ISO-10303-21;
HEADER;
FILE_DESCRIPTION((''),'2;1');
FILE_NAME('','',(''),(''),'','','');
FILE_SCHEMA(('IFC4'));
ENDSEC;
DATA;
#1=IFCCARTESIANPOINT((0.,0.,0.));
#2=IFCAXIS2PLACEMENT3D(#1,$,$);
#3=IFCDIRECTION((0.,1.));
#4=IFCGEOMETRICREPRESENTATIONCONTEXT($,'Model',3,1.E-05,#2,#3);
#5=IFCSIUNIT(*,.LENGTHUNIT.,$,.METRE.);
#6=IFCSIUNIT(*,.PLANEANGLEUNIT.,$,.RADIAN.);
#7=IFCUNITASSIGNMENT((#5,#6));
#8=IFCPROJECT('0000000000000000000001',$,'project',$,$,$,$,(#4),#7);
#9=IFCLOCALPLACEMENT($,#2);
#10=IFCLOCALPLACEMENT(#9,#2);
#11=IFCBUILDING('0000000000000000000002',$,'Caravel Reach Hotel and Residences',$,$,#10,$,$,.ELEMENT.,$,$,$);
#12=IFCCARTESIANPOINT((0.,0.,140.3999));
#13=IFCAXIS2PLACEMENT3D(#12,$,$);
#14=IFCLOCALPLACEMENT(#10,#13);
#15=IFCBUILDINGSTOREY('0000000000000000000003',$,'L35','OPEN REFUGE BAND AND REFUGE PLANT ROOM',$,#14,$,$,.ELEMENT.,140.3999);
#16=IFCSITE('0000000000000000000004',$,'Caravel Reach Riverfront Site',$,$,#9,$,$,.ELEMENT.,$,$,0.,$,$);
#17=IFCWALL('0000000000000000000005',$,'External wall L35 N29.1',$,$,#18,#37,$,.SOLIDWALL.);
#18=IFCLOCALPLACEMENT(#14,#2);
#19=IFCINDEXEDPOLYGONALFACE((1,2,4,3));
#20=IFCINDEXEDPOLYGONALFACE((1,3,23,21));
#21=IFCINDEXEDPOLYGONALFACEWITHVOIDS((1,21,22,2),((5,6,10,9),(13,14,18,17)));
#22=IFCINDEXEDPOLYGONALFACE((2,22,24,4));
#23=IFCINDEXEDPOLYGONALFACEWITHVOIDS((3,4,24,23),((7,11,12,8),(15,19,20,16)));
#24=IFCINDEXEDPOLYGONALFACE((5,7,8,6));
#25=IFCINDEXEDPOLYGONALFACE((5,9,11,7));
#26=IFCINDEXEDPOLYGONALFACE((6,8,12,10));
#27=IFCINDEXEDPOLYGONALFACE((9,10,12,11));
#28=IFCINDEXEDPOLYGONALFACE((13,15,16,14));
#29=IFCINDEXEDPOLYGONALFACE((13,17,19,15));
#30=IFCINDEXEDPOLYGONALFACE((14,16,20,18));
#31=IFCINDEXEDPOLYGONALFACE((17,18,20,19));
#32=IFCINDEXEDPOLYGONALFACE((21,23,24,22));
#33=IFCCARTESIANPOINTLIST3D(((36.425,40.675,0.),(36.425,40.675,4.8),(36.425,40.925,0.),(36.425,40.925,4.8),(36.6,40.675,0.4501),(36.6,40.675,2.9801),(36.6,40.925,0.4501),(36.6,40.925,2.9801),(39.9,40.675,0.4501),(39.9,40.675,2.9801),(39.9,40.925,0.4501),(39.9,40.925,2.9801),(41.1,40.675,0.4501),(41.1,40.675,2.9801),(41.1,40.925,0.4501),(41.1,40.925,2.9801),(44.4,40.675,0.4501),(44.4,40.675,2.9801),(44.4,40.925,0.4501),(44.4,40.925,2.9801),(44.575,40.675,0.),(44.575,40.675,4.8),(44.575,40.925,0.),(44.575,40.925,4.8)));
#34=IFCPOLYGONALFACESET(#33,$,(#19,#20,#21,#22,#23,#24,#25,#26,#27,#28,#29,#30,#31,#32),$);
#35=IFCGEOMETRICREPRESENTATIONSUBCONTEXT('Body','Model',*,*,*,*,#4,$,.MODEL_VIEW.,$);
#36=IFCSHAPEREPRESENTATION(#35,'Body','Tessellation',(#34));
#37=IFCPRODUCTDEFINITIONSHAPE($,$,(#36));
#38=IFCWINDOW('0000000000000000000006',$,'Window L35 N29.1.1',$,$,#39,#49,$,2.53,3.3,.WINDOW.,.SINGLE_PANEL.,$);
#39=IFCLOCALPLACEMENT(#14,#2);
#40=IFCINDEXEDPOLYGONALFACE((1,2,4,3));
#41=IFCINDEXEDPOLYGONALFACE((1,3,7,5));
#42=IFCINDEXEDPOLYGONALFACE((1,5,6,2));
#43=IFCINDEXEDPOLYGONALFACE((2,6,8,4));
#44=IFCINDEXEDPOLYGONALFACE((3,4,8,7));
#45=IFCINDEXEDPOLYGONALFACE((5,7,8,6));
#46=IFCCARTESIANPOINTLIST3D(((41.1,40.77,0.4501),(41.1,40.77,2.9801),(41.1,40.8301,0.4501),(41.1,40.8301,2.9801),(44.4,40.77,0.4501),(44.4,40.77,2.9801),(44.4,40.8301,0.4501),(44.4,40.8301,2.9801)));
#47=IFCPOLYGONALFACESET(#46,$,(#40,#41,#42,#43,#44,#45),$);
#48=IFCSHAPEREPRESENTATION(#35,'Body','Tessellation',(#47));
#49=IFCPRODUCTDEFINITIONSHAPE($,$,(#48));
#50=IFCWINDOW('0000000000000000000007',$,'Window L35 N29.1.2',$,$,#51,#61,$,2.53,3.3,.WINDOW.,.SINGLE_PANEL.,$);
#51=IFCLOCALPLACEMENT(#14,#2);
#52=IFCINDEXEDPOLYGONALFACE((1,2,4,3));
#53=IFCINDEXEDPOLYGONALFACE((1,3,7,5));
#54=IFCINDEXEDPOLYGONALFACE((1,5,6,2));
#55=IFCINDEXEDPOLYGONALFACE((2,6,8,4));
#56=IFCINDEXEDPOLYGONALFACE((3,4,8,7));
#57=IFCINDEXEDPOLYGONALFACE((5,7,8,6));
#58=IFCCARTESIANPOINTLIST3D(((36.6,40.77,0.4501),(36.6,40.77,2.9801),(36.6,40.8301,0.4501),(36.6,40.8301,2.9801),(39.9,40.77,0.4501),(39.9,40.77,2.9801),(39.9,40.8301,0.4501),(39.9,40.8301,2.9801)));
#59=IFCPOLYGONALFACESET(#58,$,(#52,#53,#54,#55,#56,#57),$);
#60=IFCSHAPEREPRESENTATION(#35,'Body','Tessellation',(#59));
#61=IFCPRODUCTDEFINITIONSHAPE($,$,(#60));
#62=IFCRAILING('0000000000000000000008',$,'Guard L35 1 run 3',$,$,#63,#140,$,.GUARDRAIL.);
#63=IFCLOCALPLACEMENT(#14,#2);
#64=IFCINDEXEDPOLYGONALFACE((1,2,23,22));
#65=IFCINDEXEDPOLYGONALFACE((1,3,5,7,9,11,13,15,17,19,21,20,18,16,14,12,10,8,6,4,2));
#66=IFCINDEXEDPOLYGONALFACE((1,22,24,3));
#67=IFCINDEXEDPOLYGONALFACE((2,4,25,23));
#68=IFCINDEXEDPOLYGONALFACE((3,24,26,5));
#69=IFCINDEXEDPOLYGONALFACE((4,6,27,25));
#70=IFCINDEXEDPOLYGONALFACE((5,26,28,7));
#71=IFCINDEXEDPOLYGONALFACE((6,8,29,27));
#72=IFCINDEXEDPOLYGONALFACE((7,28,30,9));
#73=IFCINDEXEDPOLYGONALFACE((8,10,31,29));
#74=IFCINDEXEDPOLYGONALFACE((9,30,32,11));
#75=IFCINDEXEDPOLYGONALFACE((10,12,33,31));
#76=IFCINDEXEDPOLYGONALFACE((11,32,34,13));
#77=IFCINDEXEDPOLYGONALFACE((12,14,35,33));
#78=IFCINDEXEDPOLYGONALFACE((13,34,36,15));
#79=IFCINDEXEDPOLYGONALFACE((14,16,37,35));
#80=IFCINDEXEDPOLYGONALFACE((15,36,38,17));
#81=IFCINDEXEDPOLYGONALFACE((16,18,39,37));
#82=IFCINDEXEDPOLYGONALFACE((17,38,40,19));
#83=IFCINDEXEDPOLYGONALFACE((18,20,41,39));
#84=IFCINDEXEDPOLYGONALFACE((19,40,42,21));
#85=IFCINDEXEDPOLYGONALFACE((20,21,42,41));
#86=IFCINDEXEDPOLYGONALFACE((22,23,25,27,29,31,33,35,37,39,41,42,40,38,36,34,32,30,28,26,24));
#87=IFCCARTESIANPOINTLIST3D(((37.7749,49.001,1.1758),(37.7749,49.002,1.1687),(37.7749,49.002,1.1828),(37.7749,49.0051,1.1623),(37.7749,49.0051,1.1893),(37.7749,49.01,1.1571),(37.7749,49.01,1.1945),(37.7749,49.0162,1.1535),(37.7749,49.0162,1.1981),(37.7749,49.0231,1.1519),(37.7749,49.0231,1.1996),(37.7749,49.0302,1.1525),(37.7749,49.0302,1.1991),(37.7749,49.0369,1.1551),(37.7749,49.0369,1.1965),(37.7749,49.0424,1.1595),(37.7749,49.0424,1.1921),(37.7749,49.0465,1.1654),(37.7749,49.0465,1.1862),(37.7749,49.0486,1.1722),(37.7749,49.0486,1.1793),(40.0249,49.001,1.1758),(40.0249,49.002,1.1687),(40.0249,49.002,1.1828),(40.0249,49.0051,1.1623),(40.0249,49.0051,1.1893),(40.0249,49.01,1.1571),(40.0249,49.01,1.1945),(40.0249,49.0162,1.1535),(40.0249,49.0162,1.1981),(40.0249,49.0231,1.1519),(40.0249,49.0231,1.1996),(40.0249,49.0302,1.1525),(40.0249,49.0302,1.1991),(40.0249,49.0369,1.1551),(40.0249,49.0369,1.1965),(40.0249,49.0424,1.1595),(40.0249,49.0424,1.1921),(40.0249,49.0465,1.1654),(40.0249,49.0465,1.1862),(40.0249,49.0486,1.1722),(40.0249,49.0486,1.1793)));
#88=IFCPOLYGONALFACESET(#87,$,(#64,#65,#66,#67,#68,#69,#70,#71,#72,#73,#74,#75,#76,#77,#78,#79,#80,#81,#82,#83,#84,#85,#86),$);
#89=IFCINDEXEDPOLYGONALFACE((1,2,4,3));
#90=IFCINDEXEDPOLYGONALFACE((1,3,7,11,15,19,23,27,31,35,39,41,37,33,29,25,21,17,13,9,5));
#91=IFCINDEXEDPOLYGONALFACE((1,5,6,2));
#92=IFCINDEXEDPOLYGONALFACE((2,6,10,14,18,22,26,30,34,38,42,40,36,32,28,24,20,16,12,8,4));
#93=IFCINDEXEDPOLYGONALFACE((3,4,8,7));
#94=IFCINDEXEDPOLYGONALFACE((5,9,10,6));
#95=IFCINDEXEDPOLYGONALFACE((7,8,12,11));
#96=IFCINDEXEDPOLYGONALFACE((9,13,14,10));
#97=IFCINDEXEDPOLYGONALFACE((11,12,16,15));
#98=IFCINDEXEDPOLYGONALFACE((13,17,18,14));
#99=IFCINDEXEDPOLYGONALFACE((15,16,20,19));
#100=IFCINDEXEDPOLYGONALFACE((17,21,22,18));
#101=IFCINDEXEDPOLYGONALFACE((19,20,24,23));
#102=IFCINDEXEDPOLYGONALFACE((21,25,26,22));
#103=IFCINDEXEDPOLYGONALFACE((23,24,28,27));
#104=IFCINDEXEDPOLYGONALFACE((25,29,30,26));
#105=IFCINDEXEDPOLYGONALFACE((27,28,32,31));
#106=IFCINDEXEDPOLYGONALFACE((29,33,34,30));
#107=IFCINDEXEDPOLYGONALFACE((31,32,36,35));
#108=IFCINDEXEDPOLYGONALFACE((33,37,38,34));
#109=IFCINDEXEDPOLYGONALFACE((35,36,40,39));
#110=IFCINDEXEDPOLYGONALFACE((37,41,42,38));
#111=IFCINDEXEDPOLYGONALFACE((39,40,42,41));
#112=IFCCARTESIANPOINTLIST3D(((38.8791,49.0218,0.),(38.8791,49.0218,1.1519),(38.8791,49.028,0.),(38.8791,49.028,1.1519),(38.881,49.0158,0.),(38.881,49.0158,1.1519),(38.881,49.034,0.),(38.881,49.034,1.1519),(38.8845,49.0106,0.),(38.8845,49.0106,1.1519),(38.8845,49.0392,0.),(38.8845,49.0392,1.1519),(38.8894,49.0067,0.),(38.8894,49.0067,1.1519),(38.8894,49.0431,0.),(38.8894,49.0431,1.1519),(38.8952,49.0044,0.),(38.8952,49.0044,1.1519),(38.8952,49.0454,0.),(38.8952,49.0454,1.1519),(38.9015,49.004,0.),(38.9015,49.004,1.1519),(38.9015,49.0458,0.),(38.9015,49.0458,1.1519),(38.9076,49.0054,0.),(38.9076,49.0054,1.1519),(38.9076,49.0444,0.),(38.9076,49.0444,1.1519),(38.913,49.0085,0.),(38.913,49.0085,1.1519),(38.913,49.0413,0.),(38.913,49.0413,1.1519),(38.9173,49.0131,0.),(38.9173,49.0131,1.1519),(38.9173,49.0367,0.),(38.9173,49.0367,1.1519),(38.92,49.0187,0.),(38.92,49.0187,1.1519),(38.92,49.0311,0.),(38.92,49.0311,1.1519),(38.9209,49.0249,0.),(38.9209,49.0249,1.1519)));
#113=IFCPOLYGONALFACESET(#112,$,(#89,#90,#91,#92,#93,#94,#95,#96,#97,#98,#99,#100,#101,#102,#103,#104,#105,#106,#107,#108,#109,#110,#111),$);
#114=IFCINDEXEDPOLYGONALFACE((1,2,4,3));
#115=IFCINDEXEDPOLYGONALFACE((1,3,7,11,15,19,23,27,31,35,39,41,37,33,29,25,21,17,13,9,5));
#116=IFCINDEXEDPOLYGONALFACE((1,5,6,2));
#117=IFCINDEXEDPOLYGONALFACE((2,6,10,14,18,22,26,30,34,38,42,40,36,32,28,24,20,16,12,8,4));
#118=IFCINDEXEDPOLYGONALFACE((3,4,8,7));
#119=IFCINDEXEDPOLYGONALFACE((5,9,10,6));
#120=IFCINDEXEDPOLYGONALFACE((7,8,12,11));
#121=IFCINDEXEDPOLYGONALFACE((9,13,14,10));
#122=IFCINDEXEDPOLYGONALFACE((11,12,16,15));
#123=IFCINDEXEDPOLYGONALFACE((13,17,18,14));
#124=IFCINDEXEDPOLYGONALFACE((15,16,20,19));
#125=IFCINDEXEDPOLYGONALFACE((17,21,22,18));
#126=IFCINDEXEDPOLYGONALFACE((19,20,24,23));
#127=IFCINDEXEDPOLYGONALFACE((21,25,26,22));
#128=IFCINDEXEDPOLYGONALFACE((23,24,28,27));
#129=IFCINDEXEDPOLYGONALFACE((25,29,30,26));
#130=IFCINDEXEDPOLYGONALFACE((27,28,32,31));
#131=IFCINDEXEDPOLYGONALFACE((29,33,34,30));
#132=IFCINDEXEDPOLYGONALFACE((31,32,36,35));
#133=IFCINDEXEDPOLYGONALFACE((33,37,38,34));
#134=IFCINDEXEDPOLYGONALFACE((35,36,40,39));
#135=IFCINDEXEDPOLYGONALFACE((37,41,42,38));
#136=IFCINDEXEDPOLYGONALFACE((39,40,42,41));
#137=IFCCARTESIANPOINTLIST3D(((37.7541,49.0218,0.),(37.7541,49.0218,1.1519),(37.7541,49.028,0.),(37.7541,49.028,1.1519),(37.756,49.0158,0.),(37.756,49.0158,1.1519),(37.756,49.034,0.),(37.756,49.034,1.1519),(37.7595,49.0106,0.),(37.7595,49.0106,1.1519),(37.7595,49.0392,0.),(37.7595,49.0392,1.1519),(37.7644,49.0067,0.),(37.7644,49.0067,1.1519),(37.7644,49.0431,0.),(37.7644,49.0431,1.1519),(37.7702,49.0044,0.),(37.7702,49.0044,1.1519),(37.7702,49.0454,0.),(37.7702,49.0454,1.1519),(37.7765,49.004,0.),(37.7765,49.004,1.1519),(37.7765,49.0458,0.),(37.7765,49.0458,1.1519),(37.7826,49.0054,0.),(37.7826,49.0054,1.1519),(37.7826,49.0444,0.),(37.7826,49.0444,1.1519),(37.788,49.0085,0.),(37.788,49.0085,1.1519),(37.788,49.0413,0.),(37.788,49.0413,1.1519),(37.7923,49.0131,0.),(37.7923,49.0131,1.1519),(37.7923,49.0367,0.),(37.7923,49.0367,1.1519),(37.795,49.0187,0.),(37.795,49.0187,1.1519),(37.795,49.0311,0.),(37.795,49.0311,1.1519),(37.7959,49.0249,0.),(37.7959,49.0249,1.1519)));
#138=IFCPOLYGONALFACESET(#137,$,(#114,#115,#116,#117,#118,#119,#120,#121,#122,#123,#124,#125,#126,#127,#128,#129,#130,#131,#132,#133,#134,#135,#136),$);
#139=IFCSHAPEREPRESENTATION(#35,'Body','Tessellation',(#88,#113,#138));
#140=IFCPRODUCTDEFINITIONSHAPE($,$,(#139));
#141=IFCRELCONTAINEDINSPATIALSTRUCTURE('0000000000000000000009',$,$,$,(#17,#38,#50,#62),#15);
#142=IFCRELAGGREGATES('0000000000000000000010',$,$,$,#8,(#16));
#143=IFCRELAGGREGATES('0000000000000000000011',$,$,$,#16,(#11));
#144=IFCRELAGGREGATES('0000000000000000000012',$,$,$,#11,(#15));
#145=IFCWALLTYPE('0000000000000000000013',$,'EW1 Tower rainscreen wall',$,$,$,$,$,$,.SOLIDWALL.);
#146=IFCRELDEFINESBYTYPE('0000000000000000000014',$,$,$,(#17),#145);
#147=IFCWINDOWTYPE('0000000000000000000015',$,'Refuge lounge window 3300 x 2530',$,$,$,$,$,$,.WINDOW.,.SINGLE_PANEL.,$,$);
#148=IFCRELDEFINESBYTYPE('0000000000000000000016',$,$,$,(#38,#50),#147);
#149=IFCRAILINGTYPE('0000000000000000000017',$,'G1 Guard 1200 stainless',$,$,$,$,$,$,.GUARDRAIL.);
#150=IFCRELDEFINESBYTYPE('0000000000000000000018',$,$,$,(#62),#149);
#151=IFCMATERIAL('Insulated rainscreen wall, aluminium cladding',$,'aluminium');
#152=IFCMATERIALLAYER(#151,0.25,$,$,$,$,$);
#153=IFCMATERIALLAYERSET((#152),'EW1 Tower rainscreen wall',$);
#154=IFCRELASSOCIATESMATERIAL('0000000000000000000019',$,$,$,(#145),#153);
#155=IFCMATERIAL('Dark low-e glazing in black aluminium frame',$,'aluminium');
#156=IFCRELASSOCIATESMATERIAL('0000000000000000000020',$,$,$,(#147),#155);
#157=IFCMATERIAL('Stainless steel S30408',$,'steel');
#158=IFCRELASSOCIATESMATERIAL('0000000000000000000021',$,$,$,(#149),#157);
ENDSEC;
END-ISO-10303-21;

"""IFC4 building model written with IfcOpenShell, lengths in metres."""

from ifc_helpers import new_model, si_unit, direction, frame, frame_2d, origin, origin_2d, place, context, subcontext, project, spatial, rectangle, circle, extrude, material, layer, layer_set, type_object, element, fill, save


model = new_model("IFC4")

# Units and contexts
model_context = context("Model", 3, precision=1e-05, world=origin(), true_north=direction((0.0, 1.0)))
body_context = subcontext(model_context, "Body", "Model", "MODEL_VIEW")
ifc_project = project(units=[si_unit("LENGTHUNIT", "METRE"), si_unit("PLANEANGLEUNIT", "RADIAN")], contexts=[model_context])

# Site, building, storey
site_placement = place(None, origin())
site = spatial("IfcSite", under=ifc_project, at=site_placement, Name="Caravel Reach Riverfront Site", CompositionType="ELEMENT", RefElevation=0.0)
building_placement = place(site_placement, origin())
building = spatial("IfcBuilding", under=site, at=building_placement, Name="Caravel Reach Hotel and Residences", CompositionType="ELEMENT")
storey_placement = place(building_placement, frame((0.0, 0.0, 140.3999)))
storey = spatial("IfcBuildingStorey", under=building, at=storey_placement, Name="L35", Description="OPEN REFUGE BAND AND REFUGE PLANT ROOM", CompositionType="ELEMENT", Elevation=140.3999)

# Wall, openings, windows
ifc_material_1 = material(Name="Insulated rainscreen wall, aluminium cladding", Category="aluminium")
ifc_layer = layer(ifc_material_1, 0.25)
ifc_layer_set = layer_set([ifc_layer], Name="EW1 Tower rainscreen wall")
wall_type = type_object("IfcWallType", Name="EW1 Tower rainscreen wall", PredefinedType="SOLIDWALL", material=ifc_layer_set)
wall_1_placement = place(storey_placement, frame((44.575, 40.8, 0.0), z_axis=(0.0, 0.0, 1.0), x_axis=(-1.0, 0.0, 0.0)))
wall_1 = element("IfcWall", 1, at=wall_1_placement, inside=storey, type_object=wall_type, Name="External wall L35 N29.1", PredefinedType="SOLIDWALL", context=body_context, shape_type="SweptSolid", body=[
    extrude(rectangle(XDim=8.1499, YDim=0.25, at=frame_2d((4.075, 0.0))), origin(), (0.0, 0.0, 1.0), 4.8),
])
opening_1_placement = place(wall_1_placement, frame((0.175, 0.0, 0.45)))
opening_1 = element("IfcOpeningElement", 2, at=opening_1_placement, cuts=wall_1, PredefinedType="OPENING", context=body_context, shape_type="SweptSolid", body=[
    extrude(rectangle(XDim=3.3, YDim=2.53, at=frame_2d((1.6499, 1.2651))), frame((0.0, 0.135, 0.0), z_axis=(0.0, -1.0, 0.0), x_axis=(1.0, 0.0, 0.0)), (0.0, 0.0, 1.0), 0.27),
])
opening_2_placement = place(wall_1_placement, frame((4.675, 0.0, 0.45)))
opening_2 = element("IfcOpeningElement", 3, at=opening_2_placement, cuts=wall_1, PredefinedType="OPENING", context=body_context, shape_type="SweptSolid", body=[
    extrude(rectangle(XDim=3.3, YDim=2.53, at=frame_2d((1.6499, 1.2651))), frame((0.0, 0.135, 0.0), z_axis=(0.0, -1.0, 0.0), x_axis=(1.0, 0.0, 0.0)), (0.0, 0.0, 1.0), 0.27),
])
ifc_material_2 = material(Name="Dark low-e glazing in black aluminium frame", Category="aluminium")
window_type = type_object("IfcWindowType", Name="Refuge lounge window 3300 x 2530", PartitioningType="SINGLE_PANEL", PredefinedType="WINDOW", material=ifc_material_2)
window_1_placement = place(opening_1_placement, origin())
window_1 = element("IfcWindow", 4, at=window_1_placement, inside=storey, type_object=window_type, Name="Window L35 N29.1.1", OverallHeight=2.53, OverallWidth=3.3, PartitioningType="SINGLE_PANEL", PredefinedType="WINDOW", context=body_context, shape_type="SweptSolid", body=[
    extrude(rectangle(XDim=3.3, YDim=2.53, at=frame_2d((1.6499, 1.2651))), frame((0.0, 0.03, 0.0), z_axis=(0.0, -1.0, 0.0), x_axis=(1.0, 0.0, 0.0)), (0.0, 0.0, 1.0), 0.0601),
])
fill(opening_1, window_1)
window_2_placement = place(opening_2_placement, origin())
window_2 = element("IfcWindow", 5, at=window_2_placement, inside=storey, type_object=window_type, Name="Window L35 N29.1.2", OverallHeight=2.53, OverallWidth=3.3, PartitioningType="SINGLE_PANEL", PredefinedType="WINDOW", context=body_context, shape_type="SweptSolid", body=[
    extrude(rectangle(XDim=3.3, YDim=2.53, at=frame_2d((1.6499, 1.2651))), frame((0.0, 0.03, 0.0), z_axis=(0.0, -1.0, 0.0), x_axis=(1.0, 0.0, 0.0)), (0.0, 0.0, 1.0), 0.0601),
])
fill(opening_2, window_2)

# Railing
ifc_material_3 = material(Name="Stainless steel S30408", Category="steel")
railing_type = type_object("IfcRailingType", Name="G1 Guard 1200 stainless", PredefinedType="GUARDRAIL", material=ifc_material_3)
railing_1_placement = place(storey_placement, frame((40.0249, 49.0249, 0.0)))
element("IfcRailing", 6, at=railing_1_placement, inside=storey, type_object=railing_type, Name="Guard L35 1 run 3", PredefinedType="GUARDRAIL", context=body_context, shape_type="SweptSolid", body=[
    extrude(circle(Radius=0.0239, at=origin_2d()), frame((0.0, 0.0, 1.1758), z_axis=(-1.0, 0.0, 0.0), x_axis=(0.0, -1.0, 0.0)), (0.0, 0.0, 1.0), 2.25),
    extrude(circle(Radius=0.021, at=origin_2d()), frame((-1.125, 0.0, 0.0)), (0.0, 0.0, 1.0), 1.1519),
    extrude(circle(Radius=0.021, at=origin_2d()), frame((-2.25, 0.0, 0.0)), (0.0, 0.0, 1.0), 1.1519),
])

save(model, "model.ifc")
